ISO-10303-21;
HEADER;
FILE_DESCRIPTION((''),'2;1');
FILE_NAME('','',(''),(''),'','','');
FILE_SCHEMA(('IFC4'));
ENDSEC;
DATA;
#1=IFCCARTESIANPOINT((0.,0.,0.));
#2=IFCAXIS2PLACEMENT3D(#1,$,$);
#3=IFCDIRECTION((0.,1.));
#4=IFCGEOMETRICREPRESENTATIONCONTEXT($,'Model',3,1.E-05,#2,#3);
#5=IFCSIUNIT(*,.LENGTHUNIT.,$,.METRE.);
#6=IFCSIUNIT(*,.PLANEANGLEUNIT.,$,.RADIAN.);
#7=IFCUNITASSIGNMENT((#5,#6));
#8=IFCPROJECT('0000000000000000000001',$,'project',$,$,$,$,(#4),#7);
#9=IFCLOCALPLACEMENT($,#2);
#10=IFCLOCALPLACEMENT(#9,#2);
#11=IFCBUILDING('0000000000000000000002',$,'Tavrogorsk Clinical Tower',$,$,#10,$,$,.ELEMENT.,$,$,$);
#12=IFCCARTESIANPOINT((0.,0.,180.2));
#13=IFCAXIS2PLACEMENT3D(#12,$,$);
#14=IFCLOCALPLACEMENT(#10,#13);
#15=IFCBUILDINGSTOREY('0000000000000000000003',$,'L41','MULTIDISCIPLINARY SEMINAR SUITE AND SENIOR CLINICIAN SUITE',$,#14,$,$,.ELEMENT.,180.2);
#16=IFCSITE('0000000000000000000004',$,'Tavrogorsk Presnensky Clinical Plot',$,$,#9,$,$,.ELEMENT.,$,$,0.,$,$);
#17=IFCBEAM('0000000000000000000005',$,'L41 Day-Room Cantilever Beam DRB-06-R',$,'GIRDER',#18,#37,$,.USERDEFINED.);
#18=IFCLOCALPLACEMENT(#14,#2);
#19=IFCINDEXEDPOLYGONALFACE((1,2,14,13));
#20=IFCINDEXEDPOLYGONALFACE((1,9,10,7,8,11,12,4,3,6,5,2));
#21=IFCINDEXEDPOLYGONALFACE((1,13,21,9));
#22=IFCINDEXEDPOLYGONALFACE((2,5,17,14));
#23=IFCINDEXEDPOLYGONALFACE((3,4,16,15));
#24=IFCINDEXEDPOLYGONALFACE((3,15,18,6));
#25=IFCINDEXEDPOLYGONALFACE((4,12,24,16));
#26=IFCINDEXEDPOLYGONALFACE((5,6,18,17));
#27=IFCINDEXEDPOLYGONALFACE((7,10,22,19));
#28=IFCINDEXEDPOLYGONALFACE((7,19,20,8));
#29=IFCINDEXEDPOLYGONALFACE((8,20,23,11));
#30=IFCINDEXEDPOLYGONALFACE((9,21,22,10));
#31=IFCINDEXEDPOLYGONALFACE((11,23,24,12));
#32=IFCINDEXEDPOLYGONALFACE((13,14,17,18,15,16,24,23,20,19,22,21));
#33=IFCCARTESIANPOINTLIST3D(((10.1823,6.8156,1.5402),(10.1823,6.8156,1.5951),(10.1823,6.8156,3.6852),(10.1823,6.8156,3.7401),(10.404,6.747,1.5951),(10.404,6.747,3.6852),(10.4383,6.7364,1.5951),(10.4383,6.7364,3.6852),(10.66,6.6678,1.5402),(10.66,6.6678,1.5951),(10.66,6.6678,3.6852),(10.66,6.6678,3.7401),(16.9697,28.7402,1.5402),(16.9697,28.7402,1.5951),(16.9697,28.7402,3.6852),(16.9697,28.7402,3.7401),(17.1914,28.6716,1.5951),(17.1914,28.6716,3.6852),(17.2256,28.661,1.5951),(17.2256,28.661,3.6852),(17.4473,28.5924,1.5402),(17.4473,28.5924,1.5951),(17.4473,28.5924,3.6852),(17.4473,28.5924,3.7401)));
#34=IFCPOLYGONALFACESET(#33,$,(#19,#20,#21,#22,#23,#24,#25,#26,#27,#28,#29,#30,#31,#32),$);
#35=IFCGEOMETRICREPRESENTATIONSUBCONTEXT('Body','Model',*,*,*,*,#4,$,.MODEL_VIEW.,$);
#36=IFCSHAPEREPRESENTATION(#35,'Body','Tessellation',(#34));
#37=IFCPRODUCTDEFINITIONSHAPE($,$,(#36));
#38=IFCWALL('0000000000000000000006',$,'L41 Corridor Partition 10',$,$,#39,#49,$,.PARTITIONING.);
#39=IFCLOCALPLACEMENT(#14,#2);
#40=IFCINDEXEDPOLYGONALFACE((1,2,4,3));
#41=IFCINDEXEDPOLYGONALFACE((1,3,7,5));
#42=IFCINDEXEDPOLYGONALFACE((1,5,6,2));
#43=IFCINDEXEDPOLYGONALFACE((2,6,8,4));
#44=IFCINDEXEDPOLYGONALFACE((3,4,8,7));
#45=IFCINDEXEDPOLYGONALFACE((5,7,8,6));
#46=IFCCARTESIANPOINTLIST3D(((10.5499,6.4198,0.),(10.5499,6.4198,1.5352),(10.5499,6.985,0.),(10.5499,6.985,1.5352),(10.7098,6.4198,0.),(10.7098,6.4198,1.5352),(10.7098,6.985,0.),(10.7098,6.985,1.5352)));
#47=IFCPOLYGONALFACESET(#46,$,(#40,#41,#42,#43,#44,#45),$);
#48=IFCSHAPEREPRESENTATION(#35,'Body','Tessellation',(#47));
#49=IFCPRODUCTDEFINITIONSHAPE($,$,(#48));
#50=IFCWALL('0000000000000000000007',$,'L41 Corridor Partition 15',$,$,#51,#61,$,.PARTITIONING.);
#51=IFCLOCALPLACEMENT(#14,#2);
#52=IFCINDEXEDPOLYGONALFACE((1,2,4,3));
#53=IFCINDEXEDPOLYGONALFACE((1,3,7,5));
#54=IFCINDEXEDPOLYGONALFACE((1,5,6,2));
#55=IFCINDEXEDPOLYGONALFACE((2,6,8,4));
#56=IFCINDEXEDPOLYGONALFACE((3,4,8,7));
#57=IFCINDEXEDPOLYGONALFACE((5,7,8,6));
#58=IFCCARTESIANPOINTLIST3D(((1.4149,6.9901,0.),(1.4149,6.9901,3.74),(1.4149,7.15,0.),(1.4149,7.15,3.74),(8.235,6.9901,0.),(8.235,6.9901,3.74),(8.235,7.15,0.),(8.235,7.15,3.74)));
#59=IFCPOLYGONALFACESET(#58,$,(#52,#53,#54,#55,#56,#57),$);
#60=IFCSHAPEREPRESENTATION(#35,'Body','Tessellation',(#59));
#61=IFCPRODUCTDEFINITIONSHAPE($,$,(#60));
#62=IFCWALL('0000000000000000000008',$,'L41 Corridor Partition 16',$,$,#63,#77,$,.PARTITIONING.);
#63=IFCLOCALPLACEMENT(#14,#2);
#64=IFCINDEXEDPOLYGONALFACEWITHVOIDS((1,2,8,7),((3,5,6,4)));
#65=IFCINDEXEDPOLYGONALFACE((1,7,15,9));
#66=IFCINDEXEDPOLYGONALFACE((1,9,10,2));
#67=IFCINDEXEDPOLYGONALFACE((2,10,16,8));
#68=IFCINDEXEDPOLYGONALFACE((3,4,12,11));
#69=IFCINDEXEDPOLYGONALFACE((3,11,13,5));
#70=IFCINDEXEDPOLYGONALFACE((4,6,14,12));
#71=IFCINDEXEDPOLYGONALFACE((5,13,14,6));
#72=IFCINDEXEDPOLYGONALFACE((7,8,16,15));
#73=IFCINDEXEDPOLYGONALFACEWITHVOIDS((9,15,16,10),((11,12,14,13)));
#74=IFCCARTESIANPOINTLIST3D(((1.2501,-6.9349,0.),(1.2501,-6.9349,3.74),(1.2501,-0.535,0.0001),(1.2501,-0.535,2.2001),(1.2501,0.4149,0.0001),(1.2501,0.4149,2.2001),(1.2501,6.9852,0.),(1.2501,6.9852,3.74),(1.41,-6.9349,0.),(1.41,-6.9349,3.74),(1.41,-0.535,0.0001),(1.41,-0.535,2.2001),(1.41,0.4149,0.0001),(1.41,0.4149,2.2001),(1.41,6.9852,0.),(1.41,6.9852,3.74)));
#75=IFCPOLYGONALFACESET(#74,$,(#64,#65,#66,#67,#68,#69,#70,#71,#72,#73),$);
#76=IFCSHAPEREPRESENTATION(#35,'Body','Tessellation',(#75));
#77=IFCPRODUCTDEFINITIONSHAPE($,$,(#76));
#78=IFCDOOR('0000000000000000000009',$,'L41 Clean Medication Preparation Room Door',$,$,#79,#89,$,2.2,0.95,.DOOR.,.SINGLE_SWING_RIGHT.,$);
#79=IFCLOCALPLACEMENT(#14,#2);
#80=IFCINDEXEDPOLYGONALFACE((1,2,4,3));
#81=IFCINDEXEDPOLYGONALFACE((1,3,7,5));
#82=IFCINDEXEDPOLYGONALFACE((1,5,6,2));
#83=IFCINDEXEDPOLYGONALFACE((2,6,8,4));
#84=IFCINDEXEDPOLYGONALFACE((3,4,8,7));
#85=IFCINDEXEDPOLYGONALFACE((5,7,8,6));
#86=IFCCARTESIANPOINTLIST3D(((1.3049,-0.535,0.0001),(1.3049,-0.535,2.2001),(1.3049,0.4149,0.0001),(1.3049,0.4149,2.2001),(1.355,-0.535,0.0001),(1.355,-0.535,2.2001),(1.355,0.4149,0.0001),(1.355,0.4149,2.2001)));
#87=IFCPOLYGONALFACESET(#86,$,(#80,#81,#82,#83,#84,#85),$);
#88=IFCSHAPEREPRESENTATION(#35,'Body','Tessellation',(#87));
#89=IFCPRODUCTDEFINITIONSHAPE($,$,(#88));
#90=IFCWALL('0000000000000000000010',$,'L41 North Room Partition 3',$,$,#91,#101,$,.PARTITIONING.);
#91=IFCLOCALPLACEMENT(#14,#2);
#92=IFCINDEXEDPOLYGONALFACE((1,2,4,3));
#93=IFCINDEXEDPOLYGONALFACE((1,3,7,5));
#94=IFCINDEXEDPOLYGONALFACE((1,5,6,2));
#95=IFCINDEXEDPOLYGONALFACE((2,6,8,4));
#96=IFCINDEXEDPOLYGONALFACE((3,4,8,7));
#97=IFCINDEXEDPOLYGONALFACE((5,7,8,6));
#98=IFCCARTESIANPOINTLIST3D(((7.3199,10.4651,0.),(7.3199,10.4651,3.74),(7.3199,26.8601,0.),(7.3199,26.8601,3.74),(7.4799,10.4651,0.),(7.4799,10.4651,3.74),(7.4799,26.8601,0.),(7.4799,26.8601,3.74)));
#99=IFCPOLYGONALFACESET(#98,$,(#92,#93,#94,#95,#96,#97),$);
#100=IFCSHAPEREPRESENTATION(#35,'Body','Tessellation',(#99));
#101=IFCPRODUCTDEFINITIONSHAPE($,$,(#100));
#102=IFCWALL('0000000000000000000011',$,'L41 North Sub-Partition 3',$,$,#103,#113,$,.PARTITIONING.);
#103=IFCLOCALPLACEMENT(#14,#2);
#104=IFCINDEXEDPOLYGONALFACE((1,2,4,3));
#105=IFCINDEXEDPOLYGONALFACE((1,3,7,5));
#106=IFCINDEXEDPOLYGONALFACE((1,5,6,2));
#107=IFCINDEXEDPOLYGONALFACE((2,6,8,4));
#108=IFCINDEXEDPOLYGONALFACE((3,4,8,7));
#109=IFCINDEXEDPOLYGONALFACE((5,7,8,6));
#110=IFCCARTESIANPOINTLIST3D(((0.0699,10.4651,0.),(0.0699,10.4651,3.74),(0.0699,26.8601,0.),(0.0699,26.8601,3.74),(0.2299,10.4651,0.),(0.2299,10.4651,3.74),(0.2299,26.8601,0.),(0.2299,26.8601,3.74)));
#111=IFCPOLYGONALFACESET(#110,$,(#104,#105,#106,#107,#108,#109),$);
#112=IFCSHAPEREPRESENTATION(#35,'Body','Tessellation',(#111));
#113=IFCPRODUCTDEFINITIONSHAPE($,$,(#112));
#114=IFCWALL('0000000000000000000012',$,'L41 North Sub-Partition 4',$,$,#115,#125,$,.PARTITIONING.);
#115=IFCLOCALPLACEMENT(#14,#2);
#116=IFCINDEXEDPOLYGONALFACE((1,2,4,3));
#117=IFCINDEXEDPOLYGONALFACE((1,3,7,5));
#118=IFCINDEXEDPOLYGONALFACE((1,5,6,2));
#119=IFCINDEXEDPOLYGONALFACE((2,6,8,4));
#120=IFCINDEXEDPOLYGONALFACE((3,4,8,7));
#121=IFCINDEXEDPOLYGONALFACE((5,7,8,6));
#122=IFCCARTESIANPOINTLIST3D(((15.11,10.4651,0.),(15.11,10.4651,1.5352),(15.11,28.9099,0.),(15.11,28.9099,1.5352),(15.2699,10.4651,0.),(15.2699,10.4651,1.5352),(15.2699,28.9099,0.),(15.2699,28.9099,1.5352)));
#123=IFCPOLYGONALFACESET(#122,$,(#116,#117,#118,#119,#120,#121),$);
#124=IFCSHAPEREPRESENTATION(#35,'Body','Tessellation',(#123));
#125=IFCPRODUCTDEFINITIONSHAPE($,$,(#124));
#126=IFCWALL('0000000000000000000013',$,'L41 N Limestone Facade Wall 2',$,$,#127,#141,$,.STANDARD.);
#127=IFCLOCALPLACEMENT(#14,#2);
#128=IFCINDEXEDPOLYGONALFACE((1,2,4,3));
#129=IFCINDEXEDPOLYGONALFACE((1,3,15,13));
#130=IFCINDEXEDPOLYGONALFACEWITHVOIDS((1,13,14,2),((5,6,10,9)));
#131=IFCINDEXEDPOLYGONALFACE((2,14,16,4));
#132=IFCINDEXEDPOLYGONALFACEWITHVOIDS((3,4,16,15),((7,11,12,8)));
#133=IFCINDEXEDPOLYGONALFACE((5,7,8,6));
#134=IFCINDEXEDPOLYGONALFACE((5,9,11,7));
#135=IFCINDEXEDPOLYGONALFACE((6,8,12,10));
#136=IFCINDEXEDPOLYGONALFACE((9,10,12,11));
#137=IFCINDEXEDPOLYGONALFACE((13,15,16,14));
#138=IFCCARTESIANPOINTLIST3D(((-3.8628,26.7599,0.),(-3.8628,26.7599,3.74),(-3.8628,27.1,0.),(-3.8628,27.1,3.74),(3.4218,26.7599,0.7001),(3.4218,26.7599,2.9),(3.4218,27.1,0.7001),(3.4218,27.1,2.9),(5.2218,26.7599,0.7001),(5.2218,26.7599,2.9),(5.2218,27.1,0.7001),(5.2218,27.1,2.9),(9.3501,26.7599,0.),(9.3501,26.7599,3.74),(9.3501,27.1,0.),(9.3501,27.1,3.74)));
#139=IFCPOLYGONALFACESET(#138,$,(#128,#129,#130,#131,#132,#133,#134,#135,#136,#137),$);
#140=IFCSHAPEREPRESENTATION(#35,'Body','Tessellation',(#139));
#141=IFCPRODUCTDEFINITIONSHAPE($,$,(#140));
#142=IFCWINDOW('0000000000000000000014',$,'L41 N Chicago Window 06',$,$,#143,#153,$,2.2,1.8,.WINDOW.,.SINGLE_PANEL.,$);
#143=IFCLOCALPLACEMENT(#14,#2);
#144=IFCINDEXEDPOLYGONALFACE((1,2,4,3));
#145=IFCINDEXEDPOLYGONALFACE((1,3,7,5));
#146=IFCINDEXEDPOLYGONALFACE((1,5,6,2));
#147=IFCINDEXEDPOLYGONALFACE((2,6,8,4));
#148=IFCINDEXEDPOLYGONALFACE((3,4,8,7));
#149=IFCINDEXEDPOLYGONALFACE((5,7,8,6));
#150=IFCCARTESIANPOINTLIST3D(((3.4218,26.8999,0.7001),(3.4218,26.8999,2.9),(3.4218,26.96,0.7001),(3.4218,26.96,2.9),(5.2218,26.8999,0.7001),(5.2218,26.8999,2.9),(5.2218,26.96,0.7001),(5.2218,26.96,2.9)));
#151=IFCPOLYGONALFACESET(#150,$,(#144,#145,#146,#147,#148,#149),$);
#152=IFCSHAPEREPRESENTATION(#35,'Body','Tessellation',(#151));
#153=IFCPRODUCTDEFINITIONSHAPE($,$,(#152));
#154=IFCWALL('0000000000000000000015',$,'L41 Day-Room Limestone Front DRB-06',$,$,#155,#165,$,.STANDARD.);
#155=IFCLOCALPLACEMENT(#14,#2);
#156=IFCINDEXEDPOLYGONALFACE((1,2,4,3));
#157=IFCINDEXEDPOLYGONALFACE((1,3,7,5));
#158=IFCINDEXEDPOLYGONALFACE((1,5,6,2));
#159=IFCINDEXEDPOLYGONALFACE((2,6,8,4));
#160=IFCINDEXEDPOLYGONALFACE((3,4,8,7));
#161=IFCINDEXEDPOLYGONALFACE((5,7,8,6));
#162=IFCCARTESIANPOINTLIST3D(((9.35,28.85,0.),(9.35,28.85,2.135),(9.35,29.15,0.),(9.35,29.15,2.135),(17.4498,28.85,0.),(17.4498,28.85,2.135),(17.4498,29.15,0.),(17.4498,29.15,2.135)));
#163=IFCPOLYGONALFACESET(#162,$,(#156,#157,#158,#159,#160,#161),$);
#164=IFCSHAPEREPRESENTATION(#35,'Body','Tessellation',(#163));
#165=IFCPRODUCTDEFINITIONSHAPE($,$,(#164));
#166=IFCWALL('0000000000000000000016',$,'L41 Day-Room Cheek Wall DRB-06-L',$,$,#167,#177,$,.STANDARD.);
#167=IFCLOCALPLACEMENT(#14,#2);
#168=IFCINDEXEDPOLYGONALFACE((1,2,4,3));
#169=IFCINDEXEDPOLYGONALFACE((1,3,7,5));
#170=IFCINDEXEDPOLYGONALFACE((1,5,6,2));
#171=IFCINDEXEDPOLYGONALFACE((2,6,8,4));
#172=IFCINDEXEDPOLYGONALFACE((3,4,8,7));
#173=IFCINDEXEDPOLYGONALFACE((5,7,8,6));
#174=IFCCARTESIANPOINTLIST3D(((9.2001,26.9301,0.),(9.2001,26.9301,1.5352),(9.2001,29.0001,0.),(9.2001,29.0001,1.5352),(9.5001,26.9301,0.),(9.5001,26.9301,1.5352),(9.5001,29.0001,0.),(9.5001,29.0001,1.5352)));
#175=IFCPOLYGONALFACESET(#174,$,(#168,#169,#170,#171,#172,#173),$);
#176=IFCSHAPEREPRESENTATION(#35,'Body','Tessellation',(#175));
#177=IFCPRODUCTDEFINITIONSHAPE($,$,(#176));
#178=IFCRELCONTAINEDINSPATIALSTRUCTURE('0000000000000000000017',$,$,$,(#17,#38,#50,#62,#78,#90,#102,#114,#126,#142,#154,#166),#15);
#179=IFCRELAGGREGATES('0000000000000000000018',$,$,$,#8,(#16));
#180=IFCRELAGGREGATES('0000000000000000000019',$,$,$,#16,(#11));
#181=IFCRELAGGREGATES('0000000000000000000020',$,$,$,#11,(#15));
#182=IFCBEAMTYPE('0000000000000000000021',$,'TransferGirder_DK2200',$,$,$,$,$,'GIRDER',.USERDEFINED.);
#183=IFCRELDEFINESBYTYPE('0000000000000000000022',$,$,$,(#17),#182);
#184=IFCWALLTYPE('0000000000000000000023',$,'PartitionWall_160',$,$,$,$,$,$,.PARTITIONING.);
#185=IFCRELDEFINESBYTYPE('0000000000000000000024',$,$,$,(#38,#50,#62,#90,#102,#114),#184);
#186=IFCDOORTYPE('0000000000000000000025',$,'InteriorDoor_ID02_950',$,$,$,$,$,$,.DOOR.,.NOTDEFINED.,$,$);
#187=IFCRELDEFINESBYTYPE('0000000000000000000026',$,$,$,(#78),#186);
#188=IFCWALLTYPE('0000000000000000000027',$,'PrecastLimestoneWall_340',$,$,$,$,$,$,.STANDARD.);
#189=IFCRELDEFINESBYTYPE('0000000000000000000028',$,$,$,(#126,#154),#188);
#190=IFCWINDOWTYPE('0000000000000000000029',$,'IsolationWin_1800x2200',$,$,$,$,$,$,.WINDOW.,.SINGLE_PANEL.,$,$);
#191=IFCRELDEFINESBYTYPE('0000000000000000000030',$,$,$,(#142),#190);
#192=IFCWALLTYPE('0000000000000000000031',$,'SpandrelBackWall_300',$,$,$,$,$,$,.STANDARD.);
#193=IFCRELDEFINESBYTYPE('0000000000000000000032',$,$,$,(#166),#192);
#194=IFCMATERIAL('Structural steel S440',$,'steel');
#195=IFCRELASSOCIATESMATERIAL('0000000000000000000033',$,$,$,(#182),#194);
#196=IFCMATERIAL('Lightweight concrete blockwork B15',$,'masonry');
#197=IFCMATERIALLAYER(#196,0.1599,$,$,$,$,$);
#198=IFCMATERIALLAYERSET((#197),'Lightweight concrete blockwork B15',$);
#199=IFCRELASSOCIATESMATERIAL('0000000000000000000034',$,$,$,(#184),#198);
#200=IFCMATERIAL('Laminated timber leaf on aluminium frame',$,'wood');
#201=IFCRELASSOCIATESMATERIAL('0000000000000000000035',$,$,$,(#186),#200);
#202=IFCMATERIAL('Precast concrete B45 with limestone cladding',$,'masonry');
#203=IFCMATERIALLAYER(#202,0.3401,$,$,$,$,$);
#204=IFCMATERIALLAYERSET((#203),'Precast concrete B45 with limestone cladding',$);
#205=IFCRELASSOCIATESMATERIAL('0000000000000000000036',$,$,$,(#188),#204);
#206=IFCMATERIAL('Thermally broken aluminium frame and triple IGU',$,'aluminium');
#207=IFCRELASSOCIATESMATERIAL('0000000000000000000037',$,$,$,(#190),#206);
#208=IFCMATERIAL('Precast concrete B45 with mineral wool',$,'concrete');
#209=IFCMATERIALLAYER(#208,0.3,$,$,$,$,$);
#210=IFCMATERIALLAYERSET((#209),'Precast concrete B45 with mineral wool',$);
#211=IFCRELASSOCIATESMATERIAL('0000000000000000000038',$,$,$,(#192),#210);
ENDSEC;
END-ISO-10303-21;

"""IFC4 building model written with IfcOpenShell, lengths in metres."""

from ifc_helpers import new_model, si_unit, direction, frame, frame_2d, origin, origin_2d, place, context, subcontext, project, spatial, rectangle, i_section, extrude, material, layer, layer_set, material_profile, profile_set, type_object, element, fill, save


model = new_model("IFC4")

# Units and contexts
model_context = context("Model", 3, precision=1e-05, world=origin(), true_north=direction((0.0, 1.0)))
body_context = subcontext(model_context, "Body", "Model", "MODEL_VIEW")
ifc_project = project(units=[si_unit("LENGTHUNIT", "METRE"), si_unit("PLANEANGLEUNIT", "RADIAN")], contexts=[model_context])

# Site, building, storey
site_placement = place(None, origin())
site = spatial("IfcSite", under=ifc_project, at=site_placement, Name="Tavrogorsk Presnensky Clinical Plot", CompositionType="ELEMENT", RefElevation=0.0)
building_placement = place(site_placement, origin())
building = spatial("IfcBuilding", under=site, at=building_placement, Name="Tavrogorsk Clinical Tower", CompositionType="ELEMENT")
storey_placement = place(building_placement, frame((0.0, 0.0, 180.2)))
storey = spatial("IfcBuildingStorey", under=building, at=storey_placement, Name="L41", Description="MULTIDISCIPLINARY SEMINAR SUITE AND SENIOR CLINICIAN SUITE", CompositionType="ELEMENT", Elevation=180.2)

# Beam
ifc_material_1 = material(Name="Structural steel S440", Category="steel")
ifc_material_profile_1 = material_profile(ifc_material_1, i_section(OverallWidth=0.5, OverallDepth=2.2, WebThickness=0.0359, FlangeThickness=0.0549, at=origin_2d()), Name="DK-2200x500x36x55")
ifc_profile_set_1 = profile_set([ifc_material_profile_1], Name="Structural steel S440")
beam_type_1 = type_object("IfcBeamType", Name="TransferGirder_DK2200", ElementType="GIRDER", PredefinedType="USERDEFINED", material=ifc_profile_set_1)
beam_1_placement = place(storey_placement, frame((10.4211, 6.7417, 2.6401), z_axis=(0.295731, 0.955271, 0.0), x_axis=(-0.955271, 0.295731, 0.0)))
element("IfcBeam", 1, at=beam_1_placement, inside=storey, type_object=beam_type_1, Name="L41 Day-Room Cantilever Beam DRB-06-R", ObjectType="GIRDER", PredefinedType="USERDEFINED", context=body_context, shape_type="SweptSolid", body=[
    extrude(i_section(OverallWidth=0.5, OverallDepth=2.2, WebThickness=0.0359, FlangeThickness=0.0549, at=origin_2d()), origin(), (0.0, 0.0, 1.0), 22.9512),
])

# Walls
ifc_material_2 = material(Name="Lightweight concrete blockwork B15", Category="masonry")
ifc_layer_1 = layer(ifc_material_2, 0.1599)
ifc_layer_set_1 = layer_set([ifc_layer_1], Name="Lightweight concrete blockwork B15")
wall_type_1 = type_object("IfcWallType", Name="PartitionWall_160", PredefinedType="PARTITIONING", material=ifc_layer_set_1)
wall_1_placement = place(storey_placement, frame((10.6299, 6.9851, 0.0), z_axis=(0.0, 0.0, 1.0), x_axis=(0.0, -1.0, 0.0)))
element("IfcWall", 2, at=wall_1_placement, inside=storey, type_object=wall_type_1, Name="L41 Corridor Partition 10", PredefinedType="PARTITIONING", context=body_context, shape_type="SweptSolid", body=[
    extrude(rectangle(XDim=0.5652, YDim=0.1599, at=frame_2d((0.2827, 0.0))), origin(), (0.0, 0.0, 1.0), 1.5352),
])
wall_2_placement = place(storey_placement, frame((8.2351, 7.0701, 0.0), z_axis=(0.0, 0.0, 1.0), x_axis=(-1.0, 0.0, 0.0)))
element("IfcWall", 3, at=wall_2_placement, inside=storey, type_object=wall_type_1, Name="L41 Corridor Partition 15", PredefinedType="PARTITIONING", context=body_context, shape_type="SweptSolid", body=[
    extrude(rectangle(XDim=6.8201, YDim=0.1599, at=frame_2d((3.4102, 0.0))), origin(), (0.0, 0.0, 1.0), 3.74),
])

# Wall, opening, door
wall_3_placement = place(storey_placement, frame((1.3301, 6.9851, 0.0), z_axis=(0.0, 0.0, 1.0), x_axis=(0.0, -1.0, 0.0)))
wall_3 = element("IfcWall", 4, at=wall_3_placement, inside=storey, type_object=wall_type_1, Name="L41 Corridor Partition 16", PredefinedType="PARTITIONING", context=body_context, shape_type="SweptSolid", body=[
    extrude(rectangle(XDim=13.9202, YDim=0.1599, at=frame_2d((6.96, 0.0))), origin(), (0.0, 0.0, 1.0), 3.74),
])
opening_1_placement = place(wall_3_placement, frame((6.5701, 0.0, 0.0)))
opening_1 = element("IfcOpeningElement", 5, at=opening_1_placement, cuts=wall_3, PredefinedType="OPENING", context=body_context, shape_type="SweptSolid", body=[
    extrude(rectangle(XDim=0.95, YDim=2.2, at=frame_2d((0.4751, 1.1001))), frame((0.0, 0.0898, 0.0), z_axis=(0.0, -1.0, 0.0), x_axis=(1.0, 0.0, 0.0)), (0.0, 0.0, 1.0), 0.1799),
])
ifc_material_3 = material(Name="Laminated timber leaf on aluminium frame", Category="wood")
door_type = type_object("IfcDoorType", Name="InteriorDoor_ID02_950", OperationType="NOTDEFINED", PredefinedType="DOOR", material=ifc_material_3)
door_placement = place(opening_1_placement, origin())
door = element("IfcDoor", 6, at=door_placement, inside=storey, type_object=door_type, Name="L41 Clean Medication Preparation Room Door", OperationType="SINGLE_SWING_RIGHT", OverallHeight=2.2, OverallWidth=0.95, PredefinedType="DOOR", context=body_context, shape_type="SweptSolid", body=[
    extrude(rectangle(XDim=0.95, YDim=2.2, at=frame_2d((0.4751, 1.1001))), frame((0.0, 0.0249, 0.0), z_axis=(0.0, -1.0, 0.0), x_axis=(1.0, 0.0, 0.0)), (0.0, 0.0, 1.0), 0.05),
])
fill(opening_1, door)

# Walls
for number, where, z_axis, x_axis, name in (
    (7, (7.3999, 10.4651, 0.0), (0.0, 0.0, 1.0), (0.0, 1.0, 0.0), "L41 North Room Partition 3"),
    (8, (0.1499, 10.4651, 0.0), (0.0, 0.0, 1.0), (0.0, 1.0, 0.0), "L41 North Sub-Partition 3"),
):
    element("IfcWall", number, at=place(storey_placement, frame(where, z_axis=z_axis, x_axis=x_axis)), inside=storey, type_object=wall_type_1, Name=name, PredefinedType="PARTITIONING", context=body_context, shape_type="SweptSolid", body=[
        extrude(rectangle(XDim=16.395, YDim=0.1599, at=frame_2d((8.1975, 0.0))), origin(), (0.0, 0.0, 1.0), 3.74),
    ])
wall_4_placement = place(storey_placement, frame((15.1899, 10.4651, 0.0), z_axis=(0.0, 0.0, 1.0), x_axis=(0.0, 1.0, 0.0)))
element("IfcWall", 9, at=wall_4_placement, inside=storey, type_object=wall_type_1, Name="L41 North Sub-Partition 4", PredefinedType="PARTITIONING", context=body_context, shape_type="SweptSolid", body=[
    extrude(rectangle(XDim=18.4448, YDim=0.1599, at=frame_2d((9.2224, 0.0))), origin(), (0.0, 0.0, 1.0), 1.5352),
])

# Wall, opening, window
ifc_material_4 = material(Name="Precast concrete B45 with limestone cladding", Category="masonry")
ifc_layer_2 = layer(ifc_material_4, 0.3401)
ifc_layer_set_2 = layer_set([ifc_layer_2], Name="Precast concrete B45 with limestone cladding")
wall_type_2 = type_object("IfcWallType", Name="PrecastLimestoneWall_340", PredefinedType="STANDARD", material=ifc_layer_set_2)
wall_5_placement = place(storey_placement, frame((9.3501, 26.9299, 0.0), z_axis=(0.0, 0.0, 1.0), x_axis=(-1.0, 0.0, 0.0)))
wall_5 = element("IfcWall", 10, at=wall_5_placement, inside=storey, type_object=wall_type_2, Name="L41 N Limestone Facade Wall 2", PredefinedType="STANDARD", context=body_context, shape_type="SweptSolid", body=[
    extrude(rectangle(XDim=13.2129, YDim=0.3401, at=frame_2d((6.6064, 0.0))), origin(), (0.0, 0.0, 1.0), 3.74),
])
opening_2_placement = place(wall_5_placement, frame((4.1284, 0.0, 0.7)))
opening_2 = element("IfcOpeningElement", 11, at=opening_2_placement, cuts=wall_5, PredefinedType="OPENING", context=body_context, shape_type="SweptSolid", body=[
    extrude(rectangle(XDim=1.8, YDim=2.2, at=frame_2d((0.8999, 1.1001))), frame((0.0, 0.1799, 0.0), z_axis=(0.0, -1.0, 0.0), x_axis=(1.0, 0.0, 0.0)), (0.0, 0.0, 1.0), 0.3601),
])
ifc_material_5 = material(Name="Thermally broken aluminium frame and triple IGU", Category="aluminium")
window_type = type_object("IfcWindowType", Name="IsolationWin_1800x2200", PartitioningType="SINGLE_PANEL", PredefinedType="WINDOW", material=ifc_material_5)
window_placement = place(opening_2_placement, origin())
window = element("IfcWindow", 12, at=window_placement, inside=storey, type_object=window_type, Name="L41 N Chicago Window 06", OverallHeight=2.2, OverallWidth=1.8, PartitioningType="SINGLE_PANEL", PredefinedType="WINDOW", context=body_context, shape_type="SweptSolid", body=[
    extrude(rectangle(XDim=1.8, YDim=2.2, at=frame_2d((0.8999, 1.1001))), frame((0.0, 0.03, 0.0), z_axis=(0.0, -1.0, 0.0), x_axis=(1.0, 0.0, 0.0)), (0.0, 0.0, 1.0), 0.0601),
])
fill(opening_2, window)

# Walls
wall_6_placement = place(storey_placement, frame((9.3501, 29.0, 0.0), z_axis=(0.0, 0.0, 1.0), x_axis=(1.0, 0.0, 0.0)))
element("IfcWall", 13, at=wall_6_placement, inside=storey, type_object=wall_type_2, Name="L41 Day-Room Limestone Front DRB-06", PredefinedType="STANDARD", context=body_context, shape_type="SweptSolid", body=[
    extrude(rectangle(XDim=8.0999, YDim=0.3, at=frame_2d((4.0498, 0.0))), origin(), (0.0, 0.0, 1.0), 2.135),
])
ifc_material_6 = material(Name="Precast concrete B45 with mineral wool", Category="concrete")
ifc_layer_3 = layer(ifc_material_6, 0.3)
ifc_layer_set_3 = layer_set([ifc_layer_3], Name="Precast concrete B45 with mineral wool")
wall_type_3 = type_object("IfcWallType", Name="SpandrelBackWall_300", PredefinedType="STANDARD", material=ifc_layer_set_3)
for number, where, z_axis, x_axis, name in (
    (14, (9.3501, 26.9299, 0.0), (0.0, 0.0, 1.0), (0.0, 1.0, 0.0), "L41 Day-Room Cheek Wall DRB-06-L"),
):
    element("IfcWall", number, at=place(storey_placement, frame(where, z_axis=z_axis, x_axis=x_axis)), inside=storey, type_object=wall_type_3, Name=name, PredefinedType="STANDARD", context=body_context, shape_type="SweptSolid", body=[
        extrude(rectangle(XDim=2.0701, YDim=0.3, at=frame_2d((1.0352, 0.0))), origin(), (0.0, 0.0, 1.0), 1.5352),
    ])

save(model, "model.ifc")
